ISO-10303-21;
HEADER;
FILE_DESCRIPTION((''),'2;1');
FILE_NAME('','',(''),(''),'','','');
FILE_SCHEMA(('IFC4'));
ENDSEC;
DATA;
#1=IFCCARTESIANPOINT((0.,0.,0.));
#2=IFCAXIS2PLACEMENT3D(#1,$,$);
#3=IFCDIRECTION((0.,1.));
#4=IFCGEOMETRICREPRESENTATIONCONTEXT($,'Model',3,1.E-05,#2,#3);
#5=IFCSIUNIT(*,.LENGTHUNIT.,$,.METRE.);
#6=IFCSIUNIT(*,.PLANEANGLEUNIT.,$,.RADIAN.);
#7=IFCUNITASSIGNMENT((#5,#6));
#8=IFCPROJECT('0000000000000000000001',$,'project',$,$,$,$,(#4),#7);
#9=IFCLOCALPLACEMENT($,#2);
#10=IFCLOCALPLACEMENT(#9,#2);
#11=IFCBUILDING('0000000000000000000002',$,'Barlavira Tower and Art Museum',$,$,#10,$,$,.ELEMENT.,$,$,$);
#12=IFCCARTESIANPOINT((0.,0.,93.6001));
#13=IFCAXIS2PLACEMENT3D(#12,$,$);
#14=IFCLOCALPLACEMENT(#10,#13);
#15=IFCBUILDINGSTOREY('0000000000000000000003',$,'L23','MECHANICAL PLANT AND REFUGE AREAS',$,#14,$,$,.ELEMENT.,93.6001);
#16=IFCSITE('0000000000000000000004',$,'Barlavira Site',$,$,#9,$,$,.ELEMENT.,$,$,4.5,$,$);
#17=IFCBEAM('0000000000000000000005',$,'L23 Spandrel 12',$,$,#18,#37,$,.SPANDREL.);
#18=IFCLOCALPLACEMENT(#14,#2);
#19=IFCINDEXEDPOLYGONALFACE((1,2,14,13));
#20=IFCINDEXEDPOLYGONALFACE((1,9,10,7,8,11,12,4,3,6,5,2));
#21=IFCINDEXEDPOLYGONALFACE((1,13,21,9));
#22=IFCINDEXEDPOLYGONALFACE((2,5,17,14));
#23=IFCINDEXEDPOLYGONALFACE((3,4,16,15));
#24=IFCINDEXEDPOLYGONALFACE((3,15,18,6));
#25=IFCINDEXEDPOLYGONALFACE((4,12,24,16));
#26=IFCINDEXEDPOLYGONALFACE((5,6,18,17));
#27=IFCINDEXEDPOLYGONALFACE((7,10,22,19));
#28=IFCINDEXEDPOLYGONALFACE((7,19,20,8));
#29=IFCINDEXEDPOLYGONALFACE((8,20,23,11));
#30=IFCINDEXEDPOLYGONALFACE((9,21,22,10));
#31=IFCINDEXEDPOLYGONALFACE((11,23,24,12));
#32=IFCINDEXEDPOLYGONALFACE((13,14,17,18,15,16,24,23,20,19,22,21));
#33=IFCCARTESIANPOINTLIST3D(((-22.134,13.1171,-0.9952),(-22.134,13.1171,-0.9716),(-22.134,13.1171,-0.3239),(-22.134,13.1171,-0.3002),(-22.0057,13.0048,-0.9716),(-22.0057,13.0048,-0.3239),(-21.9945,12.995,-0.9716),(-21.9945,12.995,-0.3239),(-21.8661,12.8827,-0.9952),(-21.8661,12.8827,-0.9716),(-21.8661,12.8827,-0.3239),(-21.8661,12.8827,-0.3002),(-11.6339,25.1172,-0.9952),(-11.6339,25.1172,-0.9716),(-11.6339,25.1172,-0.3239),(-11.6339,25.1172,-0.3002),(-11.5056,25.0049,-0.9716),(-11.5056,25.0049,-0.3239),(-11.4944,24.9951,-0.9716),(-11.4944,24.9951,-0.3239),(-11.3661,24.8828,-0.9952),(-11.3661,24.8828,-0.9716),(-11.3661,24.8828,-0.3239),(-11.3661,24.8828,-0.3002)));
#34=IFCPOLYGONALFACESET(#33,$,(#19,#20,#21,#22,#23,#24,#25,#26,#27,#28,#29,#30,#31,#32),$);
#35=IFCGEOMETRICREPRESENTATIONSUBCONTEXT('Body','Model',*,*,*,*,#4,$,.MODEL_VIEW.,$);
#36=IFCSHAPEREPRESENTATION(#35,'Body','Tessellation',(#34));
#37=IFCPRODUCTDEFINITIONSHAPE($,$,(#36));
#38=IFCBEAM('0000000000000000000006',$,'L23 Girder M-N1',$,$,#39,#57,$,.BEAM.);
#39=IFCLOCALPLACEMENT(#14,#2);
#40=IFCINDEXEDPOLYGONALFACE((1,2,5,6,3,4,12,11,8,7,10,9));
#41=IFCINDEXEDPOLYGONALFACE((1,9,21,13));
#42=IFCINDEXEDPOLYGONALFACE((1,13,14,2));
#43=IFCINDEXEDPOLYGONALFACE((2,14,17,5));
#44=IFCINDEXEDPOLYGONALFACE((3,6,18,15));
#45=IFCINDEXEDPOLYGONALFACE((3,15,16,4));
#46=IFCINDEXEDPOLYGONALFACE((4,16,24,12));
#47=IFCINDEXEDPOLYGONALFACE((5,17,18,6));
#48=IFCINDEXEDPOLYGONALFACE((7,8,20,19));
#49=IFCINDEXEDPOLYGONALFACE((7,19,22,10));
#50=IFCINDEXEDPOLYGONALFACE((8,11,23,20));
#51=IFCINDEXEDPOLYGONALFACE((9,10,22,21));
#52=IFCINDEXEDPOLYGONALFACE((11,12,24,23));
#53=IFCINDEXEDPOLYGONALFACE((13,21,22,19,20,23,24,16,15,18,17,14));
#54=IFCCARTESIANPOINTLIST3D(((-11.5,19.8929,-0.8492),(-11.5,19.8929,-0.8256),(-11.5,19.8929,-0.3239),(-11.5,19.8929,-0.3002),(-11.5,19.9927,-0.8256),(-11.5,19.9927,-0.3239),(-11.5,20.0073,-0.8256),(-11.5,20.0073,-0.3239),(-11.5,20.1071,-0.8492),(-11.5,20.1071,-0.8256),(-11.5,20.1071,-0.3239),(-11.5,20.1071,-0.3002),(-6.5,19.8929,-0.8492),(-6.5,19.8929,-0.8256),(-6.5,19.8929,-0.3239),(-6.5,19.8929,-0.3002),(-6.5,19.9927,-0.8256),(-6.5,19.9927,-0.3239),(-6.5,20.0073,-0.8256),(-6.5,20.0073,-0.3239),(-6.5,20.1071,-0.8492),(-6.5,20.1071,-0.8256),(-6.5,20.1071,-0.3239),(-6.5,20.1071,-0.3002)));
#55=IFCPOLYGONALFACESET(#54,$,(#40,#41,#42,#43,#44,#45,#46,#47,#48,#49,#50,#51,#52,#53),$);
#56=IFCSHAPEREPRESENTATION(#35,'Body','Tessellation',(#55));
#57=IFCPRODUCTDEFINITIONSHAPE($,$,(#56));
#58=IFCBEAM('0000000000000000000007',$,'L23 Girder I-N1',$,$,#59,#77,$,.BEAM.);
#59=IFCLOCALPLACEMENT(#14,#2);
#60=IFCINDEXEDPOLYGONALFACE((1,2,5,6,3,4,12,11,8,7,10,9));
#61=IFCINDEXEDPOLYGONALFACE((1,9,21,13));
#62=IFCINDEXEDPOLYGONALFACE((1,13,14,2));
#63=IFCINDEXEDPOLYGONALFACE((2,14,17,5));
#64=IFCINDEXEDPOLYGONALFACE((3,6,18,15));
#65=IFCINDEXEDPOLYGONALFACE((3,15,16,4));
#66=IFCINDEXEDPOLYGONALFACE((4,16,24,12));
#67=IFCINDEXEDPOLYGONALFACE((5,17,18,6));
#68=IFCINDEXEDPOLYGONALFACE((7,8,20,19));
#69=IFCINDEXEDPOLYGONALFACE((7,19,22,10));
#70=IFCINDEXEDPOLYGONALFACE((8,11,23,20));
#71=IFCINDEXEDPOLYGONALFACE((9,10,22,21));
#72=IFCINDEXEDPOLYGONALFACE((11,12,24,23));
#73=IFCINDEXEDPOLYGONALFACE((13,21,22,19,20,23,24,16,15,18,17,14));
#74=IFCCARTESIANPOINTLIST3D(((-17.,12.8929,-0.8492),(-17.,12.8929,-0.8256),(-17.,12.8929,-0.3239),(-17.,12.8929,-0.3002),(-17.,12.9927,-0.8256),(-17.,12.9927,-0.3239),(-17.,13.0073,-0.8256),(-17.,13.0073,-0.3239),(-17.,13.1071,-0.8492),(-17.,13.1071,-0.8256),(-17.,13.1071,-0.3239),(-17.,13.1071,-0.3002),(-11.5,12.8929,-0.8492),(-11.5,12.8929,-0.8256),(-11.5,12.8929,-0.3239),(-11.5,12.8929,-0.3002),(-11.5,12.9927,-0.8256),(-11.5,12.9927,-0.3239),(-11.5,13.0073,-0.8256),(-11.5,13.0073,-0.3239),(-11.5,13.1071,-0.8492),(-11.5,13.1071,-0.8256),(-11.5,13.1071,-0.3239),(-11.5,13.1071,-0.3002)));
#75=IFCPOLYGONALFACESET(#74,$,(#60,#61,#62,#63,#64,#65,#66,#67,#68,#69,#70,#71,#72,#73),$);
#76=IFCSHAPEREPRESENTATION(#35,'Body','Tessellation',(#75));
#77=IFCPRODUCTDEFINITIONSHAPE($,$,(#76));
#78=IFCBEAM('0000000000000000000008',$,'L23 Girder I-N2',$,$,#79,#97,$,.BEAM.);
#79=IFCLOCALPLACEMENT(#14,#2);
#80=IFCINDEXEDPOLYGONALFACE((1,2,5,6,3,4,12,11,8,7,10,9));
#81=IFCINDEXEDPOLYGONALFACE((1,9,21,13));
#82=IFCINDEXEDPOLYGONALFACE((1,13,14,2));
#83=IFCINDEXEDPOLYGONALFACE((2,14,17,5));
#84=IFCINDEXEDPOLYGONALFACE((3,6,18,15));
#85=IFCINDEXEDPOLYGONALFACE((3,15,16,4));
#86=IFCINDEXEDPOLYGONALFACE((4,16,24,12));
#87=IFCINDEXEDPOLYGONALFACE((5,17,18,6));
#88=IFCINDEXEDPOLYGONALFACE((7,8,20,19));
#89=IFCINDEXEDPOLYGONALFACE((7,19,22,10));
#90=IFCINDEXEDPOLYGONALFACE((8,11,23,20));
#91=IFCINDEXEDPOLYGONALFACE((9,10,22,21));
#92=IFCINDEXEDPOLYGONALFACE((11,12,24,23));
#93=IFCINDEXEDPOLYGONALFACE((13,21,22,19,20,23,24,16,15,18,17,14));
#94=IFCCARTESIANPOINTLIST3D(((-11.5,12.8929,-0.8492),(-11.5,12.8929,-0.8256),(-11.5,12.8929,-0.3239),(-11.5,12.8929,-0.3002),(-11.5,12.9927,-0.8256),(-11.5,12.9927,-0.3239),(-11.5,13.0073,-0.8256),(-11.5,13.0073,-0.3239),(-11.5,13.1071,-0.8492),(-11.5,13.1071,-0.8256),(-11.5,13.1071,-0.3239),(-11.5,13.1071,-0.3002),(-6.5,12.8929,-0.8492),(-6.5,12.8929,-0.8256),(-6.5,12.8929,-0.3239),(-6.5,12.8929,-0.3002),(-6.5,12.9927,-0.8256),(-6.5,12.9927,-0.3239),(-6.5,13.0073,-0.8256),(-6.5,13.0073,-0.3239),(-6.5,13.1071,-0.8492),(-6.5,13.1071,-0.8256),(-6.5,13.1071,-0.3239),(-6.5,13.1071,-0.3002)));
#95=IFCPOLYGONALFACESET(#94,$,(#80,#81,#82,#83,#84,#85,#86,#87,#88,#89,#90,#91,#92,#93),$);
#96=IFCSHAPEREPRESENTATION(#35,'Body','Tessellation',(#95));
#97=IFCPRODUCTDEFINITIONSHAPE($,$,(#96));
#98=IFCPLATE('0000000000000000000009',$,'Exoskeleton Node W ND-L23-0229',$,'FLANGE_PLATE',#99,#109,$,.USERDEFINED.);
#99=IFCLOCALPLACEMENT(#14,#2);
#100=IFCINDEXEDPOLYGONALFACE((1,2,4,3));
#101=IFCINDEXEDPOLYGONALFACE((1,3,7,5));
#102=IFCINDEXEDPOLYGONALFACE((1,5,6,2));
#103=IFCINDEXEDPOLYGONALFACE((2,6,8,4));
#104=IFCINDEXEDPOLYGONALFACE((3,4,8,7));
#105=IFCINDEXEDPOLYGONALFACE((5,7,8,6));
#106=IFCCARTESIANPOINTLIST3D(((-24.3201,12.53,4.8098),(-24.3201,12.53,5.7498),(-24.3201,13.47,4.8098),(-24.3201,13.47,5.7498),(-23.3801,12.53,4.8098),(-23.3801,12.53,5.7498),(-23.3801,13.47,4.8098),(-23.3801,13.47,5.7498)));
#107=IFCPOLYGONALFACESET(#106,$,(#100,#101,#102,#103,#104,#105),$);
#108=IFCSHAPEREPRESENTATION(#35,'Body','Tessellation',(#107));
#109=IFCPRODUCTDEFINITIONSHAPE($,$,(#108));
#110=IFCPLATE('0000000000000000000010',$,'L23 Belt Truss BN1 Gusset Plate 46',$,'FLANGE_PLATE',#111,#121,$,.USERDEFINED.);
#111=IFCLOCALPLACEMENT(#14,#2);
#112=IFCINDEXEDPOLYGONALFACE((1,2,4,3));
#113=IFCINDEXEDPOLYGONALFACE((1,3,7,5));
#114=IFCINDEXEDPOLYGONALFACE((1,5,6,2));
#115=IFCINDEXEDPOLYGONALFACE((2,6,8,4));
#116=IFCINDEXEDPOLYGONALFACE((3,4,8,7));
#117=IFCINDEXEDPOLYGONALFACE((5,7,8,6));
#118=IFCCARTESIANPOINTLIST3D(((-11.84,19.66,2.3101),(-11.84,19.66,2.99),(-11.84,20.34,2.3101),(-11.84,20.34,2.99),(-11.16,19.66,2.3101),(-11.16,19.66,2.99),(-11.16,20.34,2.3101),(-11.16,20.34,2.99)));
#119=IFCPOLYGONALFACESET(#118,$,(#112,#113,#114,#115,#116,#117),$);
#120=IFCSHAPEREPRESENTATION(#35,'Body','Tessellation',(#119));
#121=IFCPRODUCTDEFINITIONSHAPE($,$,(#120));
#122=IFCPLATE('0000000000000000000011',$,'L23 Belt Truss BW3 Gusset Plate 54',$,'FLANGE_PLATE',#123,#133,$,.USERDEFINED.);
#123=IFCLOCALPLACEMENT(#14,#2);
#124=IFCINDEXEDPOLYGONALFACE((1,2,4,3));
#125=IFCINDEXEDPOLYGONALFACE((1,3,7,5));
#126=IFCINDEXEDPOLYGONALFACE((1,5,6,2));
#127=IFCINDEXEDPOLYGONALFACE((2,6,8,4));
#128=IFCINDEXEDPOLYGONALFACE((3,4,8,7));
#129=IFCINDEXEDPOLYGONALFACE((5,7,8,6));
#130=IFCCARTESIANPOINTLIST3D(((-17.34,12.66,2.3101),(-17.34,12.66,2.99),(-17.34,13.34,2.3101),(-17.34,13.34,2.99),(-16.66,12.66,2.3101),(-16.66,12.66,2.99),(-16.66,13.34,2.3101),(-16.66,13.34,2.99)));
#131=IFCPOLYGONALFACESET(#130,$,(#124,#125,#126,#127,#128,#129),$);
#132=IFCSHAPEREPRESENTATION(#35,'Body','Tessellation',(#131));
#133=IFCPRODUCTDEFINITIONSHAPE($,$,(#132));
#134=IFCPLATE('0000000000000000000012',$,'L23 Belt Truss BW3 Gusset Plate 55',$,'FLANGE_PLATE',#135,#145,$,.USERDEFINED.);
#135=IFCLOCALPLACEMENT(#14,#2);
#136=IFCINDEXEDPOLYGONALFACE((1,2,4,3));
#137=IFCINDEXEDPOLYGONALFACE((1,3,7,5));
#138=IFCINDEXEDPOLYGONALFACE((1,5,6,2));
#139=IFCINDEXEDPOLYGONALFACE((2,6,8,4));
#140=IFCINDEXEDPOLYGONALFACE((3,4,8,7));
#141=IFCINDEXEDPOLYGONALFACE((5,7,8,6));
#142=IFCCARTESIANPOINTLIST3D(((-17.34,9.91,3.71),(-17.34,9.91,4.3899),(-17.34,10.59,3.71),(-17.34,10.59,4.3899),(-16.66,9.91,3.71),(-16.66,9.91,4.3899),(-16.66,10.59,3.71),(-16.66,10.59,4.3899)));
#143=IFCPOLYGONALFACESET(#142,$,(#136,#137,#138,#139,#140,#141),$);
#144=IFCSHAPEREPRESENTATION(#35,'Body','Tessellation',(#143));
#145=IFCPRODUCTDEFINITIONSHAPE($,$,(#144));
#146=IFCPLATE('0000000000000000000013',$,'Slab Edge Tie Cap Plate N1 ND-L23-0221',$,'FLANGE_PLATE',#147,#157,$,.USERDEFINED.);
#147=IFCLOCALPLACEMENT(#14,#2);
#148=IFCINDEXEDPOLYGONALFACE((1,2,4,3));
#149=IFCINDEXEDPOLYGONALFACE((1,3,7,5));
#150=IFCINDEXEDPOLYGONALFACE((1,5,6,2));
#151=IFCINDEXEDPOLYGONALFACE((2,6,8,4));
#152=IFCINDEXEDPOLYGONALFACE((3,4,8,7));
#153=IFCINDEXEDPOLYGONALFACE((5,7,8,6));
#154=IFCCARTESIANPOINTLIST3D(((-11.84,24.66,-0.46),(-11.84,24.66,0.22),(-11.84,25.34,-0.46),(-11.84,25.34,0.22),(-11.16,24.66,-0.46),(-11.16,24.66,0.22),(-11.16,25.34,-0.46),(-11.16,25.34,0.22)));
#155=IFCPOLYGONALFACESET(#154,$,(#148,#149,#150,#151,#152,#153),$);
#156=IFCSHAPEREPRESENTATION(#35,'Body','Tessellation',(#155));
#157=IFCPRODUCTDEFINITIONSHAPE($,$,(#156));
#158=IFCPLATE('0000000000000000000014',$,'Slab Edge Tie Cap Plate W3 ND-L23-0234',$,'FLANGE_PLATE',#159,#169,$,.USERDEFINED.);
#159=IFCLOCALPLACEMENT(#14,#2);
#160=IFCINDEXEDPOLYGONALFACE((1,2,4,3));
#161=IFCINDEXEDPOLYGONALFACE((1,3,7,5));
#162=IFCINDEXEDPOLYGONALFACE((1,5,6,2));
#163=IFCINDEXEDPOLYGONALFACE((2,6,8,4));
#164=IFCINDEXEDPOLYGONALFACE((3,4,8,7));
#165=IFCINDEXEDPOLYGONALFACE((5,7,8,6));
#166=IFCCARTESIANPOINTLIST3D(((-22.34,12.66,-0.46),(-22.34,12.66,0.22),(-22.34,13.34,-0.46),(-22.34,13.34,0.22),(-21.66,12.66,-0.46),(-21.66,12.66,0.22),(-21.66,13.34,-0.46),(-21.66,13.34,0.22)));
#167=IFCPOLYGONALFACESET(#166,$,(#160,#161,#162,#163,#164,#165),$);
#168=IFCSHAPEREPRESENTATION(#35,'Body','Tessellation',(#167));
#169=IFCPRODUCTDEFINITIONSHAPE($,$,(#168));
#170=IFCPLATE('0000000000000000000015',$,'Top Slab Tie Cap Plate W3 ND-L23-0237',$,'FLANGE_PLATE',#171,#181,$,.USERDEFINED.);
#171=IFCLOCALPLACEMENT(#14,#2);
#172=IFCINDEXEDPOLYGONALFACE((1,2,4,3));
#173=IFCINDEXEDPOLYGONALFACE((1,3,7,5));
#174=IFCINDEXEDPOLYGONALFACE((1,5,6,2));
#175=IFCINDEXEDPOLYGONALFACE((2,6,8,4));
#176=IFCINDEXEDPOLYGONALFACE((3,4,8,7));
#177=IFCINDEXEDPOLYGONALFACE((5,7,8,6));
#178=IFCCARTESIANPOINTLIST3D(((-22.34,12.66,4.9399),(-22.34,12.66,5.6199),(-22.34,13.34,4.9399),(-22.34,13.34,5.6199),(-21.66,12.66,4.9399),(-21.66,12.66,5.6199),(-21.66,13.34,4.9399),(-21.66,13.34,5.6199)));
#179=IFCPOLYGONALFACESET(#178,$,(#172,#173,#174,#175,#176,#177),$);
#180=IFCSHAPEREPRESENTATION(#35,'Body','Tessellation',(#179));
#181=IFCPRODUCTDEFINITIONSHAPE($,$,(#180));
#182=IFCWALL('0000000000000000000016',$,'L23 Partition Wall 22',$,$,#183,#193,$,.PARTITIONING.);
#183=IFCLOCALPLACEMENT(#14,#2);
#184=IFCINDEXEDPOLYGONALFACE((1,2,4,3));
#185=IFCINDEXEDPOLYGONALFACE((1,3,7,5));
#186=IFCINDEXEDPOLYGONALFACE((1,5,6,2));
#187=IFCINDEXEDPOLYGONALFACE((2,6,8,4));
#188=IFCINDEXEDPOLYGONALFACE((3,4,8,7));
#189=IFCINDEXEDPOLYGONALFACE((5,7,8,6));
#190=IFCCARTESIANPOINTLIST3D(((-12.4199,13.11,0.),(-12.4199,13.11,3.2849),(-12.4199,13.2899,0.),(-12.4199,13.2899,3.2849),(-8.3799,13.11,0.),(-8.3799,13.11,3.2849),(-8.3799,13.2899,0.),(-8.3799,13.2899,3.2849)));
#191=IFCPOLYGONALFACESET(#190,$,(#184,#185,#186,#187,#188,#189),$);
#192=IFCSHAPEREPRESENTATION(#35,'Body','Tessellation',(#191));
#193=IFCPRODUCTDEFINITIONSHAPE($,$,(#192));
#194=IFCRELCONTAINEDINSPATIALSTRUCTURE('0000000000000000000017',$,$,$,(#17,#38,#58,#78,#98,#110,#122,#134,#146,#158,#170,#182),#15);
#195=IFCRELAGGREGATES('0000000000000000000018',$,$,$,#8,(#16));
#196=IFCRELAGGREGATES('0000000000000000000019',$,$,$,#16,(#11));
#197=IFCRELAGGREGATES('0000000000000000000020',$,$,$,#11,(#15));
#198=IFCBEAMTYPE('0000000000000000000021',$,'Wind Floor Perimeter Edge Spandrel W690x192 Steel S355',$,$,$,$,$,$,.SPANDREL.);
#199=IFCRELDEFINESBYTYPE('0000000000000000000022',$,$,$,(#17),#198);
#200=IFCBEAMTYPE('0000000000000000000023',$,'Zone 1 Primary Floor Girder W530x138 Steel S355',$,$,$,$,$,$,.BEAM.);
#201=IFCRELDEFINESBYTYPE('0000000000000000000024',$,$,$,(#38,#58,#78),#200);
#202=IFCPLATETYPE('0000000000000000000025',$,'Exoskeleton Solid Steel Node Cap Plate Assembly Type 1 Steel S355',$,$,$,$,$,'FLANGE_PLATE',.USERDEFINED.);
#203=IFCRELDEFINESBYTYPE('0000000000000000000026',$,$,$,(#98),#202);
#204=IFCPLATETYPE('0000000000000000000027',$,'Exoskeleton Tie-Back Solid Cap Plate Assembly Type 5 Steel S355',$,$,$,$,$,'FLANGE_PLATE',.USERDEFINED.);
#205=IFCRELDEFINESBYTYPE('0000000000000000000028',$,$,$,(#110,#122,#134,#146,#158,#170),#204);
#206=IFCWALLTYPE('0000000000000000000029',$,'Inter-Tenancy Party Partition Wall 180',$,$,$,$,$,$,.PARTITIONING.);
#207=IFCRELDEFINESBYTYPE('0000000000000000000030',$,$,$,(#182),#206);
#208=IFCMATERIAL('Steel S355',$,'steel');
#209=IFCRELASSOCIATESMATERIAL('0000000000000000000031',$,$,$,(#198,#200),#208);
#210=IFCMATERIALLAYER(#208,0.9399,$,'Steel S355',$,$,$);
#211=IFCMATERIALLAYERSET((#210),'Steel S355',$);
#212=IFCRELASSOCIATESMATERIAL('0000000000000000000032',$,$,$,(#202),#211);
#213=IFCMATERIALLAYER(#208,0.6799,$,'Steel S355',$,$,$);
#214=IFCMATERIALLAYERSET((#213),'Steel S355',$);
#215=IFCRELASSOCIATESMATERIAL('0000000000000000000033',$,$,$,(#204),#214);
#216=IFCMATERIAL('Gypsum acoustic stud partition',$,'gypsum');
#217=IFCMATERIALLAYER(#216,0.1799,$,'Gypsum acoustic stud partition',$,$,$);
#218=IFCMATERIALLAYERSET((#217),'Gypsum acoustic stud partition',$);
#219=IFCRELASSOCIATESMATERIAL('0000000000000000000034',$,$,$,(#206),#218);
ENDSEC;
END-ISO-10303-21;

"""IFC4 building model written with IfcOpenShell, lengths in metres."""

from ifc_helpers import new_model, si_unit, direction, frame, frame_2d, origin, origin_2d, place, context, subcontext, project, spatial, rectangle, i_section, extrude, material, layer, layer_set, material_profile, profile_set, type_object, element, save


model = new_model("IFC4")

# Units and contexts
model_context = context("Model", 3, precision=1e-05, world=origin(), true_north=direction((0.0, 1.0)))
body_context = subcontext(model_context, "Body", "Model", "MODEL_VIEW")
ifc_project = project(units=[si_unit("LENGTHUNIT", "METRE"), si_unit("PLANEANGLEUNIT", "RADIAN")], contexts=[model_context])

# Site, building, storey
site_placement = place(None, origin())
site = spatial("IfcSite", under=ifc_project, at=site_placement, Name="Barlavira Site", CompositionType="ELEMENT", RefElevation=4.5)
building_placement = place(site_placement, origin())
building = spatial("IfcBuilding", under=site, at=building_placement, Name="Barlavira Tower and Art Museum", CompositionType="ELEMENT")
storey_placement = place(building_placement, frame((0.0, 0.0, 93.6001)))
storey = spatial("IfcBuildingStorey", under=building, at=storey_placement, Name="L23", Description="MECHANICAL PLANT AND REFUGE AREAS", CompositionType="ELEMENT", Elevation=93.6001)

# Shared definitions
ifc_material_1 = material(Name="Steel S355", Category="steel")

# Beams
ifc_material_profile_1 = material_profile(ifc_material_1, i_section(OverallWidth=0.356, OverallDepth=0.6951, WebThickness=0.0149, FlangeThickness=0.0237, at=origin_2d()), Name="W690x192.0")
ifc_profile_set_1 = profile_set([ifc_material_profile_1], Name="Steel S355")
beam_type_1 = type_object("IfcBeamType", Name="Wind Floor Perimeter Edge Spandrel W690x192 Steel S355", PredefinedType="SPANDREL", material=ifc_profile_set_1)
beam_1_placement = place(storey_placement, frame((-11.5, 25.0, -0.6477), z_axis=(-0.658505, -0.752577, 0.0), x_axis=(0.752577, -0.658505, 0.0)))
element("IfcBeam", 1, at=beam_1_placement, inside=storey, type_object=beam_type_1, Name="L23 Spandrel 12", PredefinedType="SPANDREL", context=body_context, shape_type="SweptSolid", body=[
    extrude(i_section(OverallWidth=0.356, OverallDepth=0.6951, WebThickness=0.0149, FlangeThickness=0.0237, at=origin_2d()), origin(), (0.0, 0.0, 1.0), 15.9453),
])
ifc_material_profile_2 = material_profile(ifc_material_1, i_section(OverallWidth=0.2141, OverallDepth=0.5491, WebThickness=0.0146, FlangeThickness=0.0237, at=origin_2d()), Name="W530x138.0")
ifc_profile_set_2 = profile_set([ifc_material_profile_2], Name="Steel S355")
beam_type_2 = type_object("IfcBeamType", Name="Zone 1 Primary Floor Girder W530x138 Steel S355", PredefinedType="BEAM", material=ifc_profile_set_2)
beam_2_placement = place(storey_placement, frame((-11.5, 20.0, -0.5747), z_axis=(1.0, 0.0, 0.0), x_axis=(0.0, 1.0, 0.0)))
element("IfcBeam", 2, at=beam_2_placement, inside=storey, type_object=beam_type_2, Name="L23 Girder M-N1", PredefinedType="BEAM", context=body_context, shape_type="SweptSolid", body=[
    extrude(i_section(OverallWidth=0.2141, OverallDepth=0.5491, WebThickness=0.0146, FlangeThickness=0.0237, at=origin_2d()), origin(), (0.0, 0.0, 1.0), 5.0),
])
beam_3_placement = place(storey_placement, frame((-17.0, 13.0, -0.5747), z_axis=(1.0, 0.0, 0.0), x_axis=(0.0, 1.0, 0.0)))
element("IfcBeam", 3, at=beam_3_placement, inside=storey, type_object=beam_type_2, Name="L23 Girder I-N1", PredefinedType="BEAM", context=body_context, shape_type="SweptSolid", body=[
    extrude(i_section(OverallWidth=0.2141, OverallDepth=0.5491, WebThickness=0.0146, FlangeThickness=0.0237, at=origin_2d()), origin(), (0.0, 0.0, 1.0), 5.5),
])
beam_4_placement = place(storey_placement, frame((-11.5, 13.0, -0.5747), z_axis=(1.0, 0.0, 0.0), x_axis=(0.0, 1.0, 0.0)))
element("IfcBeam", 4, at=beam_4_placement, inside=storey, type_object=beam_type_2, Name="L23 Girder I-N2", PredefinedType="BEAM", context=body_context, shape_type="SweptSolid", body=[
    extrude(i_section(OverallWidth=0.2141, OverallDepth=0.5491, WebThickness=0.0146, FlangeThickness=0.0237, at=origin_2d()), origin(), (0.0, 0.0, 1.0), 5.0),
])

# Plates
ifc_layer_1 = layer(ifc_material_1, 0.9399, Name="Steel S355")
ifc_layer_set_1 = layer_set([ifc_layer_1], Name="Steel S355")
plate_type_1 = type_object("IfcPlateType", Name="Exoskeleton Solid Steel Node Cap Plate Assembly Type 1 Steel S355", ElementType="FLANGE_PLATE", PredefinedType="USERDEFINED", material=ifc_layer_set_1)
plate_placement = place(storey_placement, frame((-23.8501, 13.0, 4.8098), z_axis=(0.0, 0.0, 1.0), x_axis=(1.0, 0.0, 0.0)))
element("IfcPlate", 5, at=plate_placement, inside=storey, type_object=plate_type_1, Name="Exoskeleton Node W ND-L23-0229", ObjectType="FLANGE_PLATE", PredefinedType="USERDEFINED", context=body_context, shape_type="SweptSolid", body=[
    extrude(rectangle(XDim=0.9399, YDim=0.9399, at=origin_2d()), origin(), (0.0, 0.0, 1.0), 0.9399),
])
ifc_layer_2 = layer(ifc_material_1, 0.6799, Name="Steel S355")
ifc_layer_set_2 = layer_set([ifc_layer_2], Name="Steel S355")
plate_type_2 = type_object("IfcPlateType", Name="Exoskeleton Tie-Back Solid Cap Plate Assembly Type 5 Steel S355", ElementType="FLANGE_PLATE", PredefinedType="USERDEFINED", material=ifc_layer_set_2)
for number, where, z_axis, x_axis, name in (
    (6, (-11.5, 20.0, 2.3101), (0.0, 0.0, 1.0), (1.0, 0.0, 0.0), "L23 Belt Truss BN1 Gusset Plate 46"),
    (7, (-17.0, 13.0, 2.3101), (0.0, 0.0, 1.0), (1.0, 0.0, 0.0), "L23 Belt Truss BW3 Gusset Plate 54"),
    (8, (-17.0, 10.25, 3.71), (0.0, 0.0, 1.0), (1.0, 0.0, 0.0), "L23 Belt Truss BW3 Gusset Plate 55"),
    (9, (-11.5, 25.0, -0.46), (0.0, 0.0, 1.0), (1.0, 0.0, 0.0), "Slab Edge Tie Cap Plate N1 ND-L23-0221"),
    (10, (-22.0, 13.0, -0.46), (0.0, 0.0, 1.0), (1.0, 0.0, 0.0), "Slab Edge Tie Cap Plate W3 ND-L23-0234"),
    (11, (-22.0, 13.0, 4.9399), (0.0, 0.0, 1.0), (1.0, 0.0, 0.0), "Top Slab Tie Cap Plate W3 ND-L23-0237"),
):
    element("IfcPlate", number, at=place(storey_placement, frame(where, z_axis=z_axis, x_axis=x_axis)), inside=storey, type_object=plate_type_2, Name=name, ObjectType="FLANGE_PLATE", PredefinedType="USERDEFINED", context=body_context, shape_type="SweptSolid", body=[
        extrude(rectangle(XDim=0.6799, YDim=0.6799, at=origin_2d()), origin(), (0.0, 0.0, 1.0), 0.6799),
    ])

# Wall
ifc_material_2 = material(Name="Gypsum acoustic stud partition", Category="gypsum")
ifc_layer_3 = layer(ifc_material_2, 0.1799, Name="Gypsum acoustic stud partition")
ifc_layer_set_3 = layer_set([ifc_layer_3], Name="Gypsum acoustic stud partition")
wall_type = type_object("IfcWallType", Name="Inter-Tenancy Party Partition Wall 180", PredefinedType="PARTITIONING", material=ifc_layer_set_3)
wall_placement = place(storey_placement, frame((-12.4199, 13.2, 0.0), z_axis=(0.0, 0.0, 1.0), x_axis=(1.0, 0.0, 0.0)))
element("IfcWall", 12, at=wall_placement, inside=storey, type_object=wall_type, Name="L23 Partition Wall 22", PredefinedType="PARTITIONING", context=body_context, shape_type="SweptSolid", body=[
    extrude(rectangle(XDim=4.04, YDim=0.1799, at=frame_2d((2.02, 0.0))), origin(), (0.0, 0.0, 1.0), 3.2849),
])

save(model, "model.ifc")
